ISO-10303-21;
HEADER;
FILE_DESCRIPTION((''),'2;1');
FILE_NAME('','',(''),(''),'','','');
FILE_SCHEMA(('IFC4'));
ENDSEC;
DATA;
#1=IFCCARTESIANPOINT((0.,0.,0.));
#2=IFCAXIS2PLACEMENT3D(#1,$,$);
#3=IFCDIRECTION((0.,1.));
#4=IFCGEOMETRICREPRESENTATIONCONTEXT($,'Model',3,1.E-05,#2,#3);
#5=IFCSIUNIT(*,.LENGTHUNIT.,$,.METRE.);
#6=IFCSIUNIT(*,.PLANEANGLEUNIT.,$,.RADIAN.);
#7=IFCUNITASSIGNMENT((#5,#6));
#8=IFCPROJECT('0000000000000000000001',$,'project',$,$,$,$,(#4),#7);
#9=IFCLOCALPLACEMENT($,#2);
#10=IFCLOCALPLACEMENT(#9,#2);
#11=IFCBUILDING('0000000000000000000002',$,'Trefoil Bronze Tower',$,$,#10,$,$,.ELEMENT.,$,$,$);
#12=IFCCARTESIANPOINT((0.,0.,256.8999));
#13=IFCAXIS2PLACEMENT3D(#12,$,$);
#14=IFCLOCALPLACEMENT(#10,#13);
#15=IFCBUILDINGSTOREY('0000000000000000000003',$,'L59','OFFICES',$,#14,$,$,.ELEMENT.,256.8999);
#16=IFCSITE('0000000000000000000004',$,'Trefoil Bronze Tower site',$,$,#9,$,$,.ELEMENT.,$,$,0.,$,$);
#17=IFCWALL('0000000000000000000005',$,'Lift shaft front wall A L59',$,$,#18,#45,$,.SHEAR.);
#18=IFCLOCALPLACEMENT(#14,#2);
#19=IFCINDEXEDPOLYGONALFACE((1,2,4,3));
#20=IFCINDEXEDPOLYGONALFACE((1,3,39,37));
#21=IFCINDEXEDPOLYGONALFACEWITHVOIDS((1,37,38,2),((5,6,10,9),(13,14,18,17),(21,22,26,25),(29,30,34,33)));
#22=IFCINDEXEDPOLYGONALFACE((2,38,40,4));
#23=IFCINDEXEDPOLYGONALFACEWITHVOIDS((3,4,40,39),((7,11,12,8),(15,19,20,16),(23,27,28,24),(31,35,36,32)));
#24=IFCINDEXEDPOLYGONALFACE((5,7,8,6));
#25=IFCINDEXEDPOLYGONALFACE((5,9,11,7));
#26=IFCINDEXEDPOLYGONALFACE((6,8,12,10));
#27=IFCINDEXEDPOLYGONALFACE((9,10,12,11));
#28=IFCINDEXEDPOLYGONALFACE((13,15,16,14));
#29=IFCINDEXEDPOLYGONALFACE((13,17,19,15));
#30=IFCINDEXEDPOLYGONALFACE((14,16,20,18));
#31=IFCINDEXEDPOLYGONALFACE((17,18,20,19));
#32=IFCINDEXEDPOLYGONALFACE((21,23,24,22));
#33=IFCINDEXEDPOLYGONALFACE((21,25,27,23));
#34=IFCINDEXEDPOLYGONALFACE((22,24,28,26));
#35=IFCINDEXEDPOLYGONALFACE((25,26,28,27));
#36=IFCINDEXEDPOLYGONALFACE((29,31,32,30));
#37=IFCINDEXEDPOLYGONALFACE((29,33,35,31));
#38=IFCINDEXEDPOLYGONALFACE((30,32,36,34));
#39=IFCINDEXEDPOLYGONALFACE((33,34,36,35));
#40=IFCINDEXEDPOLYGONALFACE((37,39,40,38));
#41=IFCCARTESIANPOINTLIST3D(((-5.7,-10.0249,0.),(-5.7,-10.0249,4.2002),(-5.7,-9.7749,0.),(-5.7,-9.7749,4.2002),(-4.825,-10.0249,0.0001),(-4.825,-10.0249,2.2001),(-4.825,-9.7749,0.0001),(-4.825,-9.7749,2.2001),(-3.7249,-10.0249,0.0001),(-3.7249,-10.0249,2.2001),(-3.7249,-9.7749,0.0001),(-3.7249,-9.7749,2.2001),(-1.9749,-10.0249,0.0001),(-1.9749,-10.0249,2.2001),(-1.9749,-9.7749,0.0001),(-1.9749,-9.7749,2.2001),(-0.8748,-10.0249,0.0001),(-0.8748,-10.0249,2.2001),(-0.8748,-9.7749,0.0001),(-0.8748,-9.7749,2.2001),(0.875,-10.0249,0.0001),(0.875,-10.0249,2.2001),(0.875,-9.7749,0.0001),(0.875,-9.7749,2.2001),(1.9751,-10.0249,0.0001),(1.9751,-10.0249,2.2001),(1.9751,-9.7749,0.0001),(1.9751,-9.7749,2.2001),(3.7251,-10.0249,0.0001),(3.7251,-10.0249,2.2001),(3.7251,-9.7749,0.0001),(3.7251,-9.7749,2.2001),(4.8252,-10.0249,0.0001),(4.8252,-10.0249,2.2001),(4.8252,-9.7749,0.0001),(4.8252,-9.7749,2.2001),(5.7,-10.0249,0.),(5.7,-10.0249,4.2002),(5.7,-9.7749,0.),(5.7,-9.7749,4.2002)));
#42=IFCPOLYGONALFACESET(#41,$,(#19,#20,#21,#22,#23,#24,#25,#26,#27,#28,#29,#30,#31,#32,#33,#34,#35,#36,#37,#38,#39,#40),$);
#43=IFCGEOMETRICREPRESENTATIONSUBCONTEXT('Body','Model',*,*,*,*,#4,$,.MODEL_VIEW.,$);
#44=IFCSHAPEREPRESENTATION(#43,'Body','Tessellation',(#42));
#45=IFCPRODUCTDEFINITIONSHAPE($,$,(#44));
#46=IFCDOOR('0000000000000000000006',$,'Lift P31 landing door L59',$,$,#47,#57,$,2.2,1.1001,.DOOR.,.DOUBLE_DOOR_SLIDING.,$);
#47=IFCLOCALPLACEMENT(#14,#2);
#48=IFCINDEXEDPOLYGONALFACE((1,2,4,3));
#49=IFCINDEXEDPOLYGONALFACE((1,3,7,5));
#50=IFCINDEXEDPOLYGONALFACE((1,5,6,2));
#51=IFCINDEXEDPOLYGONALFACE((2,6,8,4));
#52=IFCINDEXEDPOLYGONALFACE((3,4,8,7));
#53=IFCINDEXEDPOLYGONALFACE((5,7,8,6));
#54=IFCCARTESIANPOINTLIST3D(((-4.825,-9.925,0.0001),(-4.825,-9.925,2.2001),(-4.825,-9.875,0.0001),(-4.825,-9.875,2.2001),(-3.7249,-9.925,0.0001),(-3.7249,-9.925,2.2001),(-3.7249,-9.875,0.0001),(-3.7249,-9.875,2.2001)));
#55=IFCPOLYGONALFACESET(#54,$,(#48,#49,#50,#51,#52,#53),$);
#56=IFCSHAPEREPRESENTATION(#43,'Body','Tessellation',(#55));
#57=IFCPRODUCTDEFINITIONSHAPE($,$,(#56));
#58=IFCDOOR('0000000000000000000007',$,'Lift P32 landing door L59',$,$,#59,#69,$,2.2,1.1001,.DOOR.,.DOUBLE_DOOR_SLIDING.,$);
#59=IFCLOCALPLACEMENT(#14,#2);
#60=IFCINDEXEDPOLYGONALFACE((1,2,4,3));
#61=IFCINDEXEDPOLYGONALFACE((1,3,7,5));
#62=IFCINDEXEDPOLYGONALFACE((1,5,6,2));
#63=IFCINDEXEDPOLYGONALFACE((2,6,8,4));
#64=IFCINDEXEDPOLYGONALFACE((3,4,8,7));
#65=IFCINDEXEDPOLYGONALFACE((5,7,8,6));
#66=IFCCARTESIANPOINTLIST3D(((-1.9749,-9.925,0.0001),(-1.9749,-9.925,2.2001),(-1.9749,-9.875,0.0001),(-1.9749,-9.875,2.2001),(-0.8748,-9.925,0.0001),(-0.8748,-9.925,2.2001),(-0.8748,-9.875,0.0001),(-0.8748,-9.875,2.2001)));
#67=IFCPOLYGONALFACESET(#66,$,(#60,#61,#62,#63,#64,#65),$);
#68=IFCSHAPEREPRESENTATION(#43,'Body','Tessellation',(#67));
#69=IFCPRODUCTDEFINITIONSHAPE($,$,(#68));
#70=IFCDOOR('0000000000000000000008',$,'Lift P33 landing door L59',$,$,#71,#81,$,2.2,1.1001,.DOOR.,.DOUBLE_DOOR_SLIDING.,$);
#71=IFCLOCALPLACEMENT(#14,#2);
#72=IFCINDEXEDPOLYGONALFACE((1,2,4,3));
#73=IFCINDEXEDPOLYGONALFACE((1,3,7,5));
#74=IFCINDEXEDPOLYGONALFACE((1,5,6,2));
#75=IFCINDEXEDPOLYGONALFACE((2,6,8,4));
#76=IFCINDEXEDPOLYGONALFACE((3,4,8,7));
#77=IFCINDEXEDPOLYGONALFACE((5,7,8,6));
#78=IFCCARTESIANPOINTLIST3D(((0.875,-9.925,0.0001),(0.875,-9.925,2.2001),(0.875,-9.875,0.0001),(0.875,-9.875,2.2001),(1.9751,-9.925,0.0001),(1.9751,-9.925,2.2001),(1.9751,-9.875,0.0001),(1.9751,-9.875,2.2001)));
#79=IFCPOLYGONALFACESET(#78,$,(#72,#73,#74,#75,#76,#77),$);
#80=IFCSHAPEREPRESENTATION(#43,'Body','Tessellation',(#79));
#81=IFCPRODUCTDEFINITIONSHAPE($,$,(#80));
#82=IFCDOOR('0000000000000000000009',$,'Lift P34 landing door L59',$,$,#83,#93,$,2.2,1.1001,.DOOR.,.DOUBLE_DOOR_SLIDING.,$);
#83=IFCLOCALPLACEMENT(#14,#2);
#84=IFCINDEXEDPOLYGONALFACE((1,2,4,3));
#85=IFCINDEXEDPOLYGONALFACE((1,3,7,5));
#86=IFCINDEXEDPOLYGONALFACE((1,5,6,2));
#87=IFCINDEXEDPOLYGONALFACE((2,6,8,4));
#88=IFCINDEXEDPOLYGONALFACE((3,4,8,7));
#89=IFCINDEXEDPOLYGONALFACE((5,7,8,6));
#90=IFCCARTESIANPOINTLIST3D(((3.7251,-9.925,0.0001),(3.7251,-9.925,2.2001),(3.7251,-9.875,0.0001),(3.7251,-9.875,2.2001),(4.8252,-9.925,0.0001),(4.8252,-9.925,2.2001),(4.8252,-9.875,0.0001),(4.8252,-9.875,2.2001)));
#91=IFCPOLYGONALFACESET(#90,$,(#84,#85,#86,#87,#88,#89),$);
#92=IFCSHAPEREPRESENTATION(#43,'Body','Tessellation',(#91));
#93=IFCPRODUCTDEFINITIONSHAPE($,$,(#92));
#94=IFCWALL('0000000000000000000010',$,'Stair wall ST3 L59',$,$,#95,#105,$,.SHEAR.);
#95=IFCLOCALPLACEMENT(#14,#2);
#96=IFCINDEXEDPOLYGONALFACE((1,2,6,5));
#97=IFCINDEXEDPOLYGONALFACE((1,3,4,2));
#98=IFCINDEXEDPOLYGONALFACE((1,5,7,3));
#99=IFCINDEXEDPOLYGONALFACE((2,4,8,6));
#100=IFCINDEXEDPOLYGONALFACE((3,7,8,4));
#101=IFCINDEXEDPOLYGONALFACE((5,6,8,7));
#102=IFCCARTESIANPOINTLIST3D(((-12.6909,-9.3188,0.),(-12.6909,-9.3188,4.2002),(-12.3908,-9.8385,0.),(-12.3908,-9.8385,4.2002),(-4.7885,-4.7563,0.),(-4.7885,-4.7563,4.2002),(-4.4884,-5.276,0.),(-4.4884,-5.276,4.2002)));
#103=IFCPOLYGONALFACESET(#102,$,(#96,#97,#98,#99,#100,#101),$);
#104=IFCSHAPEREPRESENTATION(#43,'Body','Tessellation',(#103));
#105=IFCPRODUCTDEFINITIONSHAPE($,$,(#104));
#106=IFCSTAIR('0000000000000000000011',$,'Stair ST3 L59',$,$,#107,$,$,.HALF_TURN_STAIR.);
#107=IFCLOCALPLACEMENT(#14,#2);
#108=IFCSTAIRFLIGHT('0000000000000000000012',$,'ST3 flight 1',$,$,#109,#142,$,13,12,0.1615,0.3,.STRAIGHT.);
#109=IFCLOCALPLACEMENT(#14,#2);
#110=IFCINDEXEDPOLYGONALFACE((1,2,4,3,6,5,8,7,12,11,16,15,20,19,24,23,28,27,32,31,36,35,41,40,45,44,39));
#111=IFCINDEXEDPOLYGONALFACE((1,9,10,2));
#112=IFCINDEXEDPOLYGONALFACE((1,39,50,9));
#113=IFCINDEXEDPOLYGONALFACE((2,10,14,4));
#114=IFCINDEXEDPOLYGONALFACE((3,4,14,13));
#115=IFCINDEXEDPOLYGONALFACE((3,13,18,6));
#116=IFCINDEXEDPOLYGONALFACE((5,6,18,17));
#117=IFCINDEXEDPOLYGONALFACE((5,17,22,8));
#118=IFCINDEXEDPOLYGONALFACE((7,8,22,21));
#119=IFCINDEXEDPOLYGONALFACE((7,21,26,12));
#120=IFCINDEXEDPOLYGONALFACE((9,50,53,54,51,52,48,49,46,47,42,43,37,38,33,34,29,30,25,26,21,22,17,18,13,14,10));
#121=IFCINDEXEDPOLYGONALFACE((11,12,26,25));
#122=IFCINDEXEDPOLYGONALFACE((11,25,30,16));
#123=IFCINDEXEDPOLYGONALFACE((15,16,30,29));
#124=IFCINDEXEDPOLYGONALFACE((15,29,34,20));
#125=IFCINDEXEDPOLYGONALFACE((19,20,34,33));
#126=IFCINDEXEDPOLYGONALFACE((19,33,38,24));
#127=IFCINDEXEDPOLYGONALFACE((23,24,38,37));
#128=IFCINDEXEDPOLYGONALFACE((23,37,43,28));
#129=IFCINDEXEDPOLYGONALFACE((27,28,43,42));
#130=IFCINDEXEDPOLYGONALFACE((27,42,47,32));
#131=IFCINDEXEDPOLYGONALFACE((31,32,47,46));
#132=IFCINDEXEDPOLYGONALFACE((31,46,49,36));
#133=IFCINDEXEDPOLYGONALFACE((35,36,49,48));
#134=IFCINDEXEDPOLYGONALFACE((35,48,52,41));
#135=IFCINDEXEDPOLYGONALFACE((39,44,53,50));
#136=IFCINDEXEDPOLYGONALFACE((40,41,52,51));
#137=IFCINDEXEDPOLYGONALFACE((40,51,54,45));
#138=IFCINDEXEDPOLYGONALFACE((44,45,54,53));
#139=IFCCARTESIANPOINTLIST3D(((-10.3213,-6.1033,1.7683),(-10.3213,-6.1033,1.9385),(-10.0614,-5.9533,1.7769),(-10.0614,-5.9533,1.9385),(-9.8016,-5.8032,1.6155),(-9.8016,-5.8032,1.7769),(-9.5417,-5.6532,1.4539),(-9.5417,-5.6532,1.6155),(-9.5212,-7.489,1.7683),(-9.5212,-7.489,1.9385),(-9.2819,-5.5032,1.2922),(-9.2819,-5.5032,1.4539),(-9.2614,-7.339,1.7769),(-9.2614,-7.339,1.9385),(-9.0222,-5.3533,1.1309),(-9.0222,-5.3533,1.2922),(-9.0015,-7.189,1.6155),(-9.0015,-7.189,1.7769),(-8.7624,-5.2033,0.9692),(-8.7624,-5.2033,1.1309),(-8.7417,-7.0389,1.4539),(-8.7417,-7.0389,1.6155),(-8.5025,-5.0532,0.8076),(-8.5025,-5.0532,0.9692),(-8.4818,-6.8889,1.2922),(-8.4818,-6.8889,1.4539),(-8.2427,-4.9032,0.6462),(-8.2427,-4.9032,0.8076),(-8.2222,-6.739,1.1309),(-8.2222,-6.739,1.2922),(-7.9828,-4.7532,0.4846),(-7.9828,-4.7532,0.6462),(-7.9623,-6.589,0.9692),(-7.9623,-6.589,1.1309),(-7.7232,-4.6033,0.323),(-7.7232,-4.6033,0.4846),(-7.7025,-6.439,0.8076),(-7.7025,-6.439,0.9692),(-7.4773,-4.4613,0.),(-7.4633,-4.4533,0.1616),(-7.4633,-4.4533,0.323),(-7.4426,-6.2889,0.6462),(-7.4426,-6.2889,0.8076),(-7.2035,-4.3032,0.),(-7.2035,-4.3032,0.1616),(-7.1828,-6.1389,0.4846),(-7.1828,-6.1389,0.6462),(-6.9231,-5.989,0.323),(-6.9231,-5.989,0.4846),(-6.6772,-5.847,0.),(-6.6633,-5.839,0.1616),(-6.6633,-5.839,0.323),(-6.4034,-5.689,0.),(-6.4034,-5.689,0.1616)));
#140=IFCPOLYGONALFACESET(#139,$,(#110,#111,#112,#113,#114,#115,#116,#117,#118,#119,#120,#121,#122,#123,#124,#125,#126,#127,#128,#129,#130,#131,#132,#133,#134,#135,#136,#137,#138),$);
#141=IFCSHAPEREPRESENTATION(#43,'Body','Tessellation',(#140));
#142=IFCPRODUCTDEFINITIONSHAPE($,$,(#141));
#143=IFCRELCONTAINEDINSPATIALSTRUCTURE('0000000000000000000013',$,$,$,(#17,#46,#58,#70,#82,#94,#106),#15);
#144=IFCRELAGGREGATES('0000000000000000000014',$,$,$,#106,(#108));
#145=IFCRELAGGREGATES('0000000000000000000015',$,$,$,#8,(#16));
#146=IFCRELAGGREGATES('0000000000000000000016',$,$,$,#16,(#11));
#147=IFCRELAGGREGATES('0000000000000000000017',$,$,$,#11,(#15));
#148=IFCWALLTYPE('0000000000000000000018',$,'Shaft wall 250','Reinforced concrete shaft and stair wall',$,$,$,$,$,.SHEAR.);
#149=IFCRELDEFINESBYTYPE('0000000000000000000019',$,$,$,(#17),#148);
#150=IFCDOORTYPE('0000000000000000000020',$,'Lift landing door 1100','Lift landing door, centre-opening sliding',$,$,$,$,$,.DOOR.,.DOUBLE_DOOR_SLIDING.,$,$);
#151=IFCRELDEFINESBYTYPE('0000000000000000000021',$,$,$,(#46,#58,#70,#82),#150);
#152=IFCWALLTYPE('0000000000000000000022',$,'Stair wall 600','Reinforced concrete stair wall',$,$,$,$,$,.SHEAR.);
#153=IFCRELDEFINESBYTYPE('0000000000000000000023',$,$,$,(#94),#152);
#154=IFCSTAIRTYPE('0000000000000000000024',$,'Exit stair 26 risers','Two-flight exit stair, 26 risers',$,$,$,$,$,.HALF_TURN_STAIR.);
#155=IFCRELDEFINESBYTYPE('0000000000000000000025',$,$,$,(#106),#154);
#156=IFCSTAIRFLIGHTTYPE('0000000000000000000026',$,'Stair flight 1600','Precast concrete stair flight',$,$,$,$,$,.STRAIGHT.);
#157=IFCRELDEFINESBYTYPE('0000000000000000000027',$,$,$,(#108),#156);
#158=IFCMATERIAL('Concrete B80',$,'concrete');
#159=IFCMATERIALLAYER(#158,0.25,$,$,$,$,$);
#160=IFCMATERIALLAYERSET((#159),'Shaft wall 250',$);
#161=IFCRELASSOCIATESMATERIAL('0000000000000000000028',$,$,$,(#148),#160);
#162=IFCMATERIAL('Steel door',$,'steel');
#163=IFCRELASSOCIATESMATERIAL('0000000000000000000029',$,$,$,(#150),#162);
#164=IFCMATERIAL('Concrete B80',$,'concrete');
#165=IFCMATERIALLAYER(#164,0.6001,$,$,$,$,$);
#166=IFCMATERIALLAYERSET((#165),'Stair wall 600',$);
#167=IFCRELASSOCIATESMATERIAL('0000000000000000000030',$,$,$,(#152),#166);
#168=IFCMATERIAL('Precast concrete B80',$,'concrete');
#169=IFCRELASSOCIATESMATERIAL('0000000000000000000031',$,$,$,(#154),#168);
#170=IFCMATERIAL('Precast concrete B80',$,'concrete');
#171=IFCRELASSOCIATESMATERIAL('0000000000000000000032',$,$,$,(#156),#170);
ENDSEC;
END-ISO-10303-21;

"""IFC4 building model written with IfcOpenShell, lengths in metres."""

from ifc_helpers import new_model, si_unit, direction, frame, frame_2d, origin, place, context, subcontext, project, spatial, polyline, rectangle, outline, extrude, material, layer, layer_set, type_object, element, fill, aggregate, save


model = new_model("IFC4")

# Units and contexts
model_context = context("Model", 3, precision=1e-05, world=origin(), true_north=direction((0.0, 1.0)))
body_context = subcontext(model_context, "Body", "Model", "MODEL_VIEW")
ifc_project = project(units=[si_unit("LENGTHUNIT", "METRE"), si_unit("PLANEANGLEUNIT", "RADIAN")], contexts=[model_context])

# Site, building, storey
site_placement = place(None, origin())
site = spatial("IfcSite", under=ifc_project, at=site_placement, Name="Trefoil Bronze Tower site", CompositionType="ELEMENT", RefElevation=0.0)
building_placement = place(site_placement, origin())
building = spatial("IfcBuilding", under=site, at=building_placement, Name="Trefoil Bronze Tower", CompositionType="ELEMENT")
storey_placement = place(building_placement, frame((0.0, 0.0, 256.8999)))
storey = spatial("IfcBuildingStorey", under=building, at=storey_placement, Name="L59", Description="OFFICES", CompositionType="ELEMENT", Elevation=256.8999)

# Wall, openings, doors
ifc_material_1 = material(Name="Concrete B80", Category="concrete")
ifc_layer_1 = layer(ifc_material_1, 0.25)
ifc_layer_set_1 = layer_set([ifc_layer_1], Name="Shaft wall 250")
wall_type_1 = type_object("IfcWallType", Name="Shaft wall 250", Description="Reinforced concrete shaft and stair wall", PredefinedType="SHEAR", material=ifc_layer_set_1)
wall_1_placement = place(storey_placement, frame((-5.7, -9.8999, 0.0), z_axis=(0.0, 0.0, 1.0), x_axis=(1.0, 0.0, 0.0)))
wall_1 = element("IfcWall", 1, at=wall_1_placement, inside=storey, type_object=wall_type_1, Name="Lift shaft front wall A L59", PredefinedType="SHEAR", context=body_context, shape_type="SweptSolid", body=[
    extrude(rectangle(XDim=11.3999, YDim=0.25, at=frame_2d((5.7, 0.0))), origin(), (0.0, 0.0, 1.0), 4.2002),
])
opening_1_placement = place(wall_1_placement, frame((0.875, 0.0, 0.0)))
opening_1 = element("IfcOpeningElement", 2, at=opening_1_placement, cuts=wall_1, PredefinedType="OPENING", context=body_context, shape_type="SweptSolid", body=[
    extrude(rectangle(XDim=1.1001, YDim=2.2, at=frame_2d((0.55, 1.1001))), frame((0.0, 0.135, 0.0), z_axis=(0.0, -1.0, 0.0), x_axis=(1.0, 0.0, 0.0)), (0.0, 0.0, 1.0), 0.27),
])
opening_2_placement = place(wall_1_placement, frame((3.7251, 0.0, 0.0)))
opening_2 = element("IfcOpeningElement", 3, at=opening_2_placement, cuts=wall_1, PredefinedType="OPENING", context=body_context, shape_type="SweptSolid", body=[
    extrude(rectangle(XDim=1.1001, YDim=2.2, at=frame_2d((0.55, 1.1001))), frame((0.0, 0.135, 0.0), z_axis=(0.0, -1.0, 0.0), x_axis=(1.0, 0.0, 0.0)), (0.0, 0.0, 1.0), 0.27),
])
opening_3_placement = place(wall_1_placement, frame((6.575, 0.0, 0.0)))
opening_3 = element("IfcOpeningElement", 4, at=opening_3_placement, cuts=wall_1, PredefinedType="OPENING", context=body_context, shape_type="SweptSolid", body=[
    extrude(rectangle(XDim=1.1001, YDim=2.2, at=frame_2d((0.55, 1.1001))), frame((0.0, 0.135, 0.0), z_axis=(0.0, -1.0, 0.0), x_axis=(1.0, 0.0, 0.0)), (0.0, 0.0, 1.0), 0.27),
])
opening_4_placement = place(wall_1_placement, frame((9.425, 0.0, 0.0)))
opening_4 = element("IfcOpeningElement", 5, at=opening_4_placement, cuts=wall_1, PredefinedType="OPENING", context=body_context, shape_type="SweptSolid", body=[
    extrude(rectangle(XDim=1.1001, YDim=2.2, at=frame_2d((0.55, 1.1001))), frame((0.0, 0.135, 0.0), z_axis=(0.0, -1.0, 0.0), x_axis=(1.0, 0.0, 0.0)), (0.0, 0.0, 1.0), 0.27),
])
ifc_material_2 = material(Name="Steel door", Category="steel")
door_type_1 = type_object("IfcDoorType", Name="Lift landing door 1100", Description="Lift landing door, centre-opening sliding", OperationType="DOUBLE_DOOR_SLIDING", PredefinedType="DOOR", material=ifc_material_2)
door_1_placement = place(opening_1_placement, origin())
door_1 = element("IfcDoor", 6, at=door_1_placement, inside=storey, type_object=door_type_1, Name="Lift P31 landing door L59", OperationType="DOUBLE_DOOR_SLIDING", OverallHeight=2.2, OverallWidth=1.1001, PredefinedType="DOOR", context=body_context, shape_type="SweptSolid", body=[
    extrude(rectangle(XDim=1.1001, YDim=2.2, at=frame_2d((0.55, 1.1001))), frame((0.0, 0.0249, 0.0), z_axis=(0.0, -1.0, 0.0), x_axis=(1.0, 0.0, 0.0)), (0.0, 0.0, 1.0), 0.05),
])
fill(opening_1, door_1)
door_2_placement = place(opening_2_placement, origin())
door_2 = element("IfcDoor", 7, at=door_2_placement, inside=storey, type_object=door_type_1, Name="Lift P32 landing door L59", OperationType="DOUBLE_DOOR_SLIDING", OverallHeight=2.2, OverallWidth=1.1001, PredefinedType="DOOR", context=body_context, shape_type="SweptSolid", body=[
    extrude(rectangle(XDim=1.1001, YDim=2.2, at=frame_2d((0.55, 1.1001))), frame((0.0, 0.0249, 0.0), z_axis=(0.0, -1.0, 0.0), x_axis=(1.0, 0.0, 0.0)), (0.0, 0.0, 1.0), 0.05),
])
fill(opening_2, door_2)
door_3_placement = place(opening_3_placement, origin())
door_3 = element("IfcDoor", 8, at=door_3_placement, inside=storey, type_object=door_type_1, Name="Lift P33 landing door L59", OperationType="DOUBLE_DOOR_SLIDING", OverallHeight=2.2, OverallWidth=1.1001, PredefinedType="DOOR", context=body_context, shape_type="SweptSolid", body=[
    extrude(rectangle(XDim=1.1001, YDim=2.2, at=frame_2d((0.55, 1.1001))), frame((0.0, 0.0249, 0.0), z_axis=(0.0, -1.0, 0.0), x_axis=(1.0, 0.0, 0.0)), (0.0, 0.0, 1.0), 0.05),
])
fill(opening_3, door_3)
door_4_placement = place(opening_4_placement, origin())
door_4 = element("IfcDoor", 9, at=door_4_placement, inside=storey, type_object=door_type_1, Name="Lift P34 landing door L59", OperationType="DOUBLE_DOOR_SLIDING", OverallHeight=2.2, OverallWidth=1.1001, PredefinedType="DOOR", context=body_context, shape_type="SweptSolid", body=[
    extrude(rectangle(XDim=1.1001, YDim=2.2, at=frame_2d((0.55, 1.1001))), frame((0.0, 0.0249, 0.0), z_axis=(0.0, -1.0, 0.0), x_axis=(1.0, 0.0, 0.0)), (0.0, 0.0, 1.0), 0.05),
])
fill(opening_4, door_4)

# Wall
ifc_material_3 = material(Name="Concrete B80", Category="concrete")
ifc_layer_2 = layer(ifc_material_3, 0.6001)
ifc_layer_set_2 = layer_set([ifc_layer_2], Name="Stair wall 600")
wall_type_2 = type_object("IfcWallType", Name="Stair wall 600", Description="Reinforced concrete stair wall", PredefinedType="SHEAR", material=ifc_layer_set_2)
wall_2_placement = place(storey_placement, frame((-4.6384, -5.0161, 0.0), z_axis=(0.0, 0.0, 1.0), x_axis=(-0.866022, -0.500007, 0.0)))
element("IfcWall", 10, at=wall_2_placement, inside=storey, type_object=wall_type_2, Name="Stair wall ST3 L59", PredefinedType="SHEAR", context=body_context, shape_type="SweptSolid", body=[
    extrude(rectangle(XDim=9.125, YDim=0.6001, at=frame_2d((4.5625, 0.0))), origin(), (0.0, 0.0, 1.0), 4.2002),
])

# Stair, stair flight
ifc_material_4 = material(Name="Precast concrete B80", Category="concrete")
stair_type = type_object("IfcStairType", Name="Exit stair 26 risers", Description="Two-flight exit stair, 26 risers", PredefinedType="HALF_TURN_STAIR", material=ifc_material_4)
stair_placement = place(storey_placement, origin())
stair = element("IfcStair", 11, at=stair_placement, inside=storey, type_object=stair_type, Name="Stair ST3 L59", PredefinedType="HALF_TURN_STAIR")
ifc_material_5 = material(Name="Precast concrete B80", Category="concrete")
stair_flight_type = type_object("IfcStairFlightType", Name="Stair flight 1600", Description="Precast concrete stair flight", PredefinedType="STRAIGHT", material=ifc_material_5)
stair_flight_1_placement = place(storey_placement, frame((-6.8035, -4.9961, 0.0), z_axis=(0.0, 0.0, 1.0), x_axis=(-0.866025, -0.5, 0.0)))
stair_flight_1 = element("IfcStairFlight", 12, at=stair_flight_1_placement, type_object=stair_flight_type, Name="ST3 flight 1", NumberOfRisers=13, NumberOfTreads=12, PredefinedType="STRAIGHT", RiserHeight=0.1615, TreadLength=0.3, context=body_context, shape_type="SweptSolid", body=[
    extrude(outline(polyline([(0.0, 0.0), (0.0, 0.1616), (0.3, 0.1616), (0.3, 0.323), (0.6001, 0.323), (0.6001, 0.4846), (0.8999, 0.4846), (0.8999, 0.6462), (1.2, 0.6462), (1.2, 0.8076), (1.5, 0.8076), (1.5, 0.9692), (1.8, 0.9692), (1.8, 1.1309), (2.1001, 1.1309), (2.1001, 1.2922), (2.3999, 1.2922), (2.3999, 1.4539), (2.7, 1.4539), (2.7, 1.6155), (3.0, 1.6155), (3.0, 1.7769), (3.3, 1.7769), (3.3, 1.9385), (3.6001, 1.9385), (3.6001, 2.1001), (3.6001, 1.7683), (0.3162, 0.0), (0.0, 0.0)])), frame((0.0, 0.8, 0.0), z_axis=(0.0, -1.0, 0.0), x_axis=(1.0, 0.0, 0.0)), (0.0, 0.0, 1.0), 1.6001),
])
aggregate(stair, [stair_flight_1])

save(model, "model.ifc")
